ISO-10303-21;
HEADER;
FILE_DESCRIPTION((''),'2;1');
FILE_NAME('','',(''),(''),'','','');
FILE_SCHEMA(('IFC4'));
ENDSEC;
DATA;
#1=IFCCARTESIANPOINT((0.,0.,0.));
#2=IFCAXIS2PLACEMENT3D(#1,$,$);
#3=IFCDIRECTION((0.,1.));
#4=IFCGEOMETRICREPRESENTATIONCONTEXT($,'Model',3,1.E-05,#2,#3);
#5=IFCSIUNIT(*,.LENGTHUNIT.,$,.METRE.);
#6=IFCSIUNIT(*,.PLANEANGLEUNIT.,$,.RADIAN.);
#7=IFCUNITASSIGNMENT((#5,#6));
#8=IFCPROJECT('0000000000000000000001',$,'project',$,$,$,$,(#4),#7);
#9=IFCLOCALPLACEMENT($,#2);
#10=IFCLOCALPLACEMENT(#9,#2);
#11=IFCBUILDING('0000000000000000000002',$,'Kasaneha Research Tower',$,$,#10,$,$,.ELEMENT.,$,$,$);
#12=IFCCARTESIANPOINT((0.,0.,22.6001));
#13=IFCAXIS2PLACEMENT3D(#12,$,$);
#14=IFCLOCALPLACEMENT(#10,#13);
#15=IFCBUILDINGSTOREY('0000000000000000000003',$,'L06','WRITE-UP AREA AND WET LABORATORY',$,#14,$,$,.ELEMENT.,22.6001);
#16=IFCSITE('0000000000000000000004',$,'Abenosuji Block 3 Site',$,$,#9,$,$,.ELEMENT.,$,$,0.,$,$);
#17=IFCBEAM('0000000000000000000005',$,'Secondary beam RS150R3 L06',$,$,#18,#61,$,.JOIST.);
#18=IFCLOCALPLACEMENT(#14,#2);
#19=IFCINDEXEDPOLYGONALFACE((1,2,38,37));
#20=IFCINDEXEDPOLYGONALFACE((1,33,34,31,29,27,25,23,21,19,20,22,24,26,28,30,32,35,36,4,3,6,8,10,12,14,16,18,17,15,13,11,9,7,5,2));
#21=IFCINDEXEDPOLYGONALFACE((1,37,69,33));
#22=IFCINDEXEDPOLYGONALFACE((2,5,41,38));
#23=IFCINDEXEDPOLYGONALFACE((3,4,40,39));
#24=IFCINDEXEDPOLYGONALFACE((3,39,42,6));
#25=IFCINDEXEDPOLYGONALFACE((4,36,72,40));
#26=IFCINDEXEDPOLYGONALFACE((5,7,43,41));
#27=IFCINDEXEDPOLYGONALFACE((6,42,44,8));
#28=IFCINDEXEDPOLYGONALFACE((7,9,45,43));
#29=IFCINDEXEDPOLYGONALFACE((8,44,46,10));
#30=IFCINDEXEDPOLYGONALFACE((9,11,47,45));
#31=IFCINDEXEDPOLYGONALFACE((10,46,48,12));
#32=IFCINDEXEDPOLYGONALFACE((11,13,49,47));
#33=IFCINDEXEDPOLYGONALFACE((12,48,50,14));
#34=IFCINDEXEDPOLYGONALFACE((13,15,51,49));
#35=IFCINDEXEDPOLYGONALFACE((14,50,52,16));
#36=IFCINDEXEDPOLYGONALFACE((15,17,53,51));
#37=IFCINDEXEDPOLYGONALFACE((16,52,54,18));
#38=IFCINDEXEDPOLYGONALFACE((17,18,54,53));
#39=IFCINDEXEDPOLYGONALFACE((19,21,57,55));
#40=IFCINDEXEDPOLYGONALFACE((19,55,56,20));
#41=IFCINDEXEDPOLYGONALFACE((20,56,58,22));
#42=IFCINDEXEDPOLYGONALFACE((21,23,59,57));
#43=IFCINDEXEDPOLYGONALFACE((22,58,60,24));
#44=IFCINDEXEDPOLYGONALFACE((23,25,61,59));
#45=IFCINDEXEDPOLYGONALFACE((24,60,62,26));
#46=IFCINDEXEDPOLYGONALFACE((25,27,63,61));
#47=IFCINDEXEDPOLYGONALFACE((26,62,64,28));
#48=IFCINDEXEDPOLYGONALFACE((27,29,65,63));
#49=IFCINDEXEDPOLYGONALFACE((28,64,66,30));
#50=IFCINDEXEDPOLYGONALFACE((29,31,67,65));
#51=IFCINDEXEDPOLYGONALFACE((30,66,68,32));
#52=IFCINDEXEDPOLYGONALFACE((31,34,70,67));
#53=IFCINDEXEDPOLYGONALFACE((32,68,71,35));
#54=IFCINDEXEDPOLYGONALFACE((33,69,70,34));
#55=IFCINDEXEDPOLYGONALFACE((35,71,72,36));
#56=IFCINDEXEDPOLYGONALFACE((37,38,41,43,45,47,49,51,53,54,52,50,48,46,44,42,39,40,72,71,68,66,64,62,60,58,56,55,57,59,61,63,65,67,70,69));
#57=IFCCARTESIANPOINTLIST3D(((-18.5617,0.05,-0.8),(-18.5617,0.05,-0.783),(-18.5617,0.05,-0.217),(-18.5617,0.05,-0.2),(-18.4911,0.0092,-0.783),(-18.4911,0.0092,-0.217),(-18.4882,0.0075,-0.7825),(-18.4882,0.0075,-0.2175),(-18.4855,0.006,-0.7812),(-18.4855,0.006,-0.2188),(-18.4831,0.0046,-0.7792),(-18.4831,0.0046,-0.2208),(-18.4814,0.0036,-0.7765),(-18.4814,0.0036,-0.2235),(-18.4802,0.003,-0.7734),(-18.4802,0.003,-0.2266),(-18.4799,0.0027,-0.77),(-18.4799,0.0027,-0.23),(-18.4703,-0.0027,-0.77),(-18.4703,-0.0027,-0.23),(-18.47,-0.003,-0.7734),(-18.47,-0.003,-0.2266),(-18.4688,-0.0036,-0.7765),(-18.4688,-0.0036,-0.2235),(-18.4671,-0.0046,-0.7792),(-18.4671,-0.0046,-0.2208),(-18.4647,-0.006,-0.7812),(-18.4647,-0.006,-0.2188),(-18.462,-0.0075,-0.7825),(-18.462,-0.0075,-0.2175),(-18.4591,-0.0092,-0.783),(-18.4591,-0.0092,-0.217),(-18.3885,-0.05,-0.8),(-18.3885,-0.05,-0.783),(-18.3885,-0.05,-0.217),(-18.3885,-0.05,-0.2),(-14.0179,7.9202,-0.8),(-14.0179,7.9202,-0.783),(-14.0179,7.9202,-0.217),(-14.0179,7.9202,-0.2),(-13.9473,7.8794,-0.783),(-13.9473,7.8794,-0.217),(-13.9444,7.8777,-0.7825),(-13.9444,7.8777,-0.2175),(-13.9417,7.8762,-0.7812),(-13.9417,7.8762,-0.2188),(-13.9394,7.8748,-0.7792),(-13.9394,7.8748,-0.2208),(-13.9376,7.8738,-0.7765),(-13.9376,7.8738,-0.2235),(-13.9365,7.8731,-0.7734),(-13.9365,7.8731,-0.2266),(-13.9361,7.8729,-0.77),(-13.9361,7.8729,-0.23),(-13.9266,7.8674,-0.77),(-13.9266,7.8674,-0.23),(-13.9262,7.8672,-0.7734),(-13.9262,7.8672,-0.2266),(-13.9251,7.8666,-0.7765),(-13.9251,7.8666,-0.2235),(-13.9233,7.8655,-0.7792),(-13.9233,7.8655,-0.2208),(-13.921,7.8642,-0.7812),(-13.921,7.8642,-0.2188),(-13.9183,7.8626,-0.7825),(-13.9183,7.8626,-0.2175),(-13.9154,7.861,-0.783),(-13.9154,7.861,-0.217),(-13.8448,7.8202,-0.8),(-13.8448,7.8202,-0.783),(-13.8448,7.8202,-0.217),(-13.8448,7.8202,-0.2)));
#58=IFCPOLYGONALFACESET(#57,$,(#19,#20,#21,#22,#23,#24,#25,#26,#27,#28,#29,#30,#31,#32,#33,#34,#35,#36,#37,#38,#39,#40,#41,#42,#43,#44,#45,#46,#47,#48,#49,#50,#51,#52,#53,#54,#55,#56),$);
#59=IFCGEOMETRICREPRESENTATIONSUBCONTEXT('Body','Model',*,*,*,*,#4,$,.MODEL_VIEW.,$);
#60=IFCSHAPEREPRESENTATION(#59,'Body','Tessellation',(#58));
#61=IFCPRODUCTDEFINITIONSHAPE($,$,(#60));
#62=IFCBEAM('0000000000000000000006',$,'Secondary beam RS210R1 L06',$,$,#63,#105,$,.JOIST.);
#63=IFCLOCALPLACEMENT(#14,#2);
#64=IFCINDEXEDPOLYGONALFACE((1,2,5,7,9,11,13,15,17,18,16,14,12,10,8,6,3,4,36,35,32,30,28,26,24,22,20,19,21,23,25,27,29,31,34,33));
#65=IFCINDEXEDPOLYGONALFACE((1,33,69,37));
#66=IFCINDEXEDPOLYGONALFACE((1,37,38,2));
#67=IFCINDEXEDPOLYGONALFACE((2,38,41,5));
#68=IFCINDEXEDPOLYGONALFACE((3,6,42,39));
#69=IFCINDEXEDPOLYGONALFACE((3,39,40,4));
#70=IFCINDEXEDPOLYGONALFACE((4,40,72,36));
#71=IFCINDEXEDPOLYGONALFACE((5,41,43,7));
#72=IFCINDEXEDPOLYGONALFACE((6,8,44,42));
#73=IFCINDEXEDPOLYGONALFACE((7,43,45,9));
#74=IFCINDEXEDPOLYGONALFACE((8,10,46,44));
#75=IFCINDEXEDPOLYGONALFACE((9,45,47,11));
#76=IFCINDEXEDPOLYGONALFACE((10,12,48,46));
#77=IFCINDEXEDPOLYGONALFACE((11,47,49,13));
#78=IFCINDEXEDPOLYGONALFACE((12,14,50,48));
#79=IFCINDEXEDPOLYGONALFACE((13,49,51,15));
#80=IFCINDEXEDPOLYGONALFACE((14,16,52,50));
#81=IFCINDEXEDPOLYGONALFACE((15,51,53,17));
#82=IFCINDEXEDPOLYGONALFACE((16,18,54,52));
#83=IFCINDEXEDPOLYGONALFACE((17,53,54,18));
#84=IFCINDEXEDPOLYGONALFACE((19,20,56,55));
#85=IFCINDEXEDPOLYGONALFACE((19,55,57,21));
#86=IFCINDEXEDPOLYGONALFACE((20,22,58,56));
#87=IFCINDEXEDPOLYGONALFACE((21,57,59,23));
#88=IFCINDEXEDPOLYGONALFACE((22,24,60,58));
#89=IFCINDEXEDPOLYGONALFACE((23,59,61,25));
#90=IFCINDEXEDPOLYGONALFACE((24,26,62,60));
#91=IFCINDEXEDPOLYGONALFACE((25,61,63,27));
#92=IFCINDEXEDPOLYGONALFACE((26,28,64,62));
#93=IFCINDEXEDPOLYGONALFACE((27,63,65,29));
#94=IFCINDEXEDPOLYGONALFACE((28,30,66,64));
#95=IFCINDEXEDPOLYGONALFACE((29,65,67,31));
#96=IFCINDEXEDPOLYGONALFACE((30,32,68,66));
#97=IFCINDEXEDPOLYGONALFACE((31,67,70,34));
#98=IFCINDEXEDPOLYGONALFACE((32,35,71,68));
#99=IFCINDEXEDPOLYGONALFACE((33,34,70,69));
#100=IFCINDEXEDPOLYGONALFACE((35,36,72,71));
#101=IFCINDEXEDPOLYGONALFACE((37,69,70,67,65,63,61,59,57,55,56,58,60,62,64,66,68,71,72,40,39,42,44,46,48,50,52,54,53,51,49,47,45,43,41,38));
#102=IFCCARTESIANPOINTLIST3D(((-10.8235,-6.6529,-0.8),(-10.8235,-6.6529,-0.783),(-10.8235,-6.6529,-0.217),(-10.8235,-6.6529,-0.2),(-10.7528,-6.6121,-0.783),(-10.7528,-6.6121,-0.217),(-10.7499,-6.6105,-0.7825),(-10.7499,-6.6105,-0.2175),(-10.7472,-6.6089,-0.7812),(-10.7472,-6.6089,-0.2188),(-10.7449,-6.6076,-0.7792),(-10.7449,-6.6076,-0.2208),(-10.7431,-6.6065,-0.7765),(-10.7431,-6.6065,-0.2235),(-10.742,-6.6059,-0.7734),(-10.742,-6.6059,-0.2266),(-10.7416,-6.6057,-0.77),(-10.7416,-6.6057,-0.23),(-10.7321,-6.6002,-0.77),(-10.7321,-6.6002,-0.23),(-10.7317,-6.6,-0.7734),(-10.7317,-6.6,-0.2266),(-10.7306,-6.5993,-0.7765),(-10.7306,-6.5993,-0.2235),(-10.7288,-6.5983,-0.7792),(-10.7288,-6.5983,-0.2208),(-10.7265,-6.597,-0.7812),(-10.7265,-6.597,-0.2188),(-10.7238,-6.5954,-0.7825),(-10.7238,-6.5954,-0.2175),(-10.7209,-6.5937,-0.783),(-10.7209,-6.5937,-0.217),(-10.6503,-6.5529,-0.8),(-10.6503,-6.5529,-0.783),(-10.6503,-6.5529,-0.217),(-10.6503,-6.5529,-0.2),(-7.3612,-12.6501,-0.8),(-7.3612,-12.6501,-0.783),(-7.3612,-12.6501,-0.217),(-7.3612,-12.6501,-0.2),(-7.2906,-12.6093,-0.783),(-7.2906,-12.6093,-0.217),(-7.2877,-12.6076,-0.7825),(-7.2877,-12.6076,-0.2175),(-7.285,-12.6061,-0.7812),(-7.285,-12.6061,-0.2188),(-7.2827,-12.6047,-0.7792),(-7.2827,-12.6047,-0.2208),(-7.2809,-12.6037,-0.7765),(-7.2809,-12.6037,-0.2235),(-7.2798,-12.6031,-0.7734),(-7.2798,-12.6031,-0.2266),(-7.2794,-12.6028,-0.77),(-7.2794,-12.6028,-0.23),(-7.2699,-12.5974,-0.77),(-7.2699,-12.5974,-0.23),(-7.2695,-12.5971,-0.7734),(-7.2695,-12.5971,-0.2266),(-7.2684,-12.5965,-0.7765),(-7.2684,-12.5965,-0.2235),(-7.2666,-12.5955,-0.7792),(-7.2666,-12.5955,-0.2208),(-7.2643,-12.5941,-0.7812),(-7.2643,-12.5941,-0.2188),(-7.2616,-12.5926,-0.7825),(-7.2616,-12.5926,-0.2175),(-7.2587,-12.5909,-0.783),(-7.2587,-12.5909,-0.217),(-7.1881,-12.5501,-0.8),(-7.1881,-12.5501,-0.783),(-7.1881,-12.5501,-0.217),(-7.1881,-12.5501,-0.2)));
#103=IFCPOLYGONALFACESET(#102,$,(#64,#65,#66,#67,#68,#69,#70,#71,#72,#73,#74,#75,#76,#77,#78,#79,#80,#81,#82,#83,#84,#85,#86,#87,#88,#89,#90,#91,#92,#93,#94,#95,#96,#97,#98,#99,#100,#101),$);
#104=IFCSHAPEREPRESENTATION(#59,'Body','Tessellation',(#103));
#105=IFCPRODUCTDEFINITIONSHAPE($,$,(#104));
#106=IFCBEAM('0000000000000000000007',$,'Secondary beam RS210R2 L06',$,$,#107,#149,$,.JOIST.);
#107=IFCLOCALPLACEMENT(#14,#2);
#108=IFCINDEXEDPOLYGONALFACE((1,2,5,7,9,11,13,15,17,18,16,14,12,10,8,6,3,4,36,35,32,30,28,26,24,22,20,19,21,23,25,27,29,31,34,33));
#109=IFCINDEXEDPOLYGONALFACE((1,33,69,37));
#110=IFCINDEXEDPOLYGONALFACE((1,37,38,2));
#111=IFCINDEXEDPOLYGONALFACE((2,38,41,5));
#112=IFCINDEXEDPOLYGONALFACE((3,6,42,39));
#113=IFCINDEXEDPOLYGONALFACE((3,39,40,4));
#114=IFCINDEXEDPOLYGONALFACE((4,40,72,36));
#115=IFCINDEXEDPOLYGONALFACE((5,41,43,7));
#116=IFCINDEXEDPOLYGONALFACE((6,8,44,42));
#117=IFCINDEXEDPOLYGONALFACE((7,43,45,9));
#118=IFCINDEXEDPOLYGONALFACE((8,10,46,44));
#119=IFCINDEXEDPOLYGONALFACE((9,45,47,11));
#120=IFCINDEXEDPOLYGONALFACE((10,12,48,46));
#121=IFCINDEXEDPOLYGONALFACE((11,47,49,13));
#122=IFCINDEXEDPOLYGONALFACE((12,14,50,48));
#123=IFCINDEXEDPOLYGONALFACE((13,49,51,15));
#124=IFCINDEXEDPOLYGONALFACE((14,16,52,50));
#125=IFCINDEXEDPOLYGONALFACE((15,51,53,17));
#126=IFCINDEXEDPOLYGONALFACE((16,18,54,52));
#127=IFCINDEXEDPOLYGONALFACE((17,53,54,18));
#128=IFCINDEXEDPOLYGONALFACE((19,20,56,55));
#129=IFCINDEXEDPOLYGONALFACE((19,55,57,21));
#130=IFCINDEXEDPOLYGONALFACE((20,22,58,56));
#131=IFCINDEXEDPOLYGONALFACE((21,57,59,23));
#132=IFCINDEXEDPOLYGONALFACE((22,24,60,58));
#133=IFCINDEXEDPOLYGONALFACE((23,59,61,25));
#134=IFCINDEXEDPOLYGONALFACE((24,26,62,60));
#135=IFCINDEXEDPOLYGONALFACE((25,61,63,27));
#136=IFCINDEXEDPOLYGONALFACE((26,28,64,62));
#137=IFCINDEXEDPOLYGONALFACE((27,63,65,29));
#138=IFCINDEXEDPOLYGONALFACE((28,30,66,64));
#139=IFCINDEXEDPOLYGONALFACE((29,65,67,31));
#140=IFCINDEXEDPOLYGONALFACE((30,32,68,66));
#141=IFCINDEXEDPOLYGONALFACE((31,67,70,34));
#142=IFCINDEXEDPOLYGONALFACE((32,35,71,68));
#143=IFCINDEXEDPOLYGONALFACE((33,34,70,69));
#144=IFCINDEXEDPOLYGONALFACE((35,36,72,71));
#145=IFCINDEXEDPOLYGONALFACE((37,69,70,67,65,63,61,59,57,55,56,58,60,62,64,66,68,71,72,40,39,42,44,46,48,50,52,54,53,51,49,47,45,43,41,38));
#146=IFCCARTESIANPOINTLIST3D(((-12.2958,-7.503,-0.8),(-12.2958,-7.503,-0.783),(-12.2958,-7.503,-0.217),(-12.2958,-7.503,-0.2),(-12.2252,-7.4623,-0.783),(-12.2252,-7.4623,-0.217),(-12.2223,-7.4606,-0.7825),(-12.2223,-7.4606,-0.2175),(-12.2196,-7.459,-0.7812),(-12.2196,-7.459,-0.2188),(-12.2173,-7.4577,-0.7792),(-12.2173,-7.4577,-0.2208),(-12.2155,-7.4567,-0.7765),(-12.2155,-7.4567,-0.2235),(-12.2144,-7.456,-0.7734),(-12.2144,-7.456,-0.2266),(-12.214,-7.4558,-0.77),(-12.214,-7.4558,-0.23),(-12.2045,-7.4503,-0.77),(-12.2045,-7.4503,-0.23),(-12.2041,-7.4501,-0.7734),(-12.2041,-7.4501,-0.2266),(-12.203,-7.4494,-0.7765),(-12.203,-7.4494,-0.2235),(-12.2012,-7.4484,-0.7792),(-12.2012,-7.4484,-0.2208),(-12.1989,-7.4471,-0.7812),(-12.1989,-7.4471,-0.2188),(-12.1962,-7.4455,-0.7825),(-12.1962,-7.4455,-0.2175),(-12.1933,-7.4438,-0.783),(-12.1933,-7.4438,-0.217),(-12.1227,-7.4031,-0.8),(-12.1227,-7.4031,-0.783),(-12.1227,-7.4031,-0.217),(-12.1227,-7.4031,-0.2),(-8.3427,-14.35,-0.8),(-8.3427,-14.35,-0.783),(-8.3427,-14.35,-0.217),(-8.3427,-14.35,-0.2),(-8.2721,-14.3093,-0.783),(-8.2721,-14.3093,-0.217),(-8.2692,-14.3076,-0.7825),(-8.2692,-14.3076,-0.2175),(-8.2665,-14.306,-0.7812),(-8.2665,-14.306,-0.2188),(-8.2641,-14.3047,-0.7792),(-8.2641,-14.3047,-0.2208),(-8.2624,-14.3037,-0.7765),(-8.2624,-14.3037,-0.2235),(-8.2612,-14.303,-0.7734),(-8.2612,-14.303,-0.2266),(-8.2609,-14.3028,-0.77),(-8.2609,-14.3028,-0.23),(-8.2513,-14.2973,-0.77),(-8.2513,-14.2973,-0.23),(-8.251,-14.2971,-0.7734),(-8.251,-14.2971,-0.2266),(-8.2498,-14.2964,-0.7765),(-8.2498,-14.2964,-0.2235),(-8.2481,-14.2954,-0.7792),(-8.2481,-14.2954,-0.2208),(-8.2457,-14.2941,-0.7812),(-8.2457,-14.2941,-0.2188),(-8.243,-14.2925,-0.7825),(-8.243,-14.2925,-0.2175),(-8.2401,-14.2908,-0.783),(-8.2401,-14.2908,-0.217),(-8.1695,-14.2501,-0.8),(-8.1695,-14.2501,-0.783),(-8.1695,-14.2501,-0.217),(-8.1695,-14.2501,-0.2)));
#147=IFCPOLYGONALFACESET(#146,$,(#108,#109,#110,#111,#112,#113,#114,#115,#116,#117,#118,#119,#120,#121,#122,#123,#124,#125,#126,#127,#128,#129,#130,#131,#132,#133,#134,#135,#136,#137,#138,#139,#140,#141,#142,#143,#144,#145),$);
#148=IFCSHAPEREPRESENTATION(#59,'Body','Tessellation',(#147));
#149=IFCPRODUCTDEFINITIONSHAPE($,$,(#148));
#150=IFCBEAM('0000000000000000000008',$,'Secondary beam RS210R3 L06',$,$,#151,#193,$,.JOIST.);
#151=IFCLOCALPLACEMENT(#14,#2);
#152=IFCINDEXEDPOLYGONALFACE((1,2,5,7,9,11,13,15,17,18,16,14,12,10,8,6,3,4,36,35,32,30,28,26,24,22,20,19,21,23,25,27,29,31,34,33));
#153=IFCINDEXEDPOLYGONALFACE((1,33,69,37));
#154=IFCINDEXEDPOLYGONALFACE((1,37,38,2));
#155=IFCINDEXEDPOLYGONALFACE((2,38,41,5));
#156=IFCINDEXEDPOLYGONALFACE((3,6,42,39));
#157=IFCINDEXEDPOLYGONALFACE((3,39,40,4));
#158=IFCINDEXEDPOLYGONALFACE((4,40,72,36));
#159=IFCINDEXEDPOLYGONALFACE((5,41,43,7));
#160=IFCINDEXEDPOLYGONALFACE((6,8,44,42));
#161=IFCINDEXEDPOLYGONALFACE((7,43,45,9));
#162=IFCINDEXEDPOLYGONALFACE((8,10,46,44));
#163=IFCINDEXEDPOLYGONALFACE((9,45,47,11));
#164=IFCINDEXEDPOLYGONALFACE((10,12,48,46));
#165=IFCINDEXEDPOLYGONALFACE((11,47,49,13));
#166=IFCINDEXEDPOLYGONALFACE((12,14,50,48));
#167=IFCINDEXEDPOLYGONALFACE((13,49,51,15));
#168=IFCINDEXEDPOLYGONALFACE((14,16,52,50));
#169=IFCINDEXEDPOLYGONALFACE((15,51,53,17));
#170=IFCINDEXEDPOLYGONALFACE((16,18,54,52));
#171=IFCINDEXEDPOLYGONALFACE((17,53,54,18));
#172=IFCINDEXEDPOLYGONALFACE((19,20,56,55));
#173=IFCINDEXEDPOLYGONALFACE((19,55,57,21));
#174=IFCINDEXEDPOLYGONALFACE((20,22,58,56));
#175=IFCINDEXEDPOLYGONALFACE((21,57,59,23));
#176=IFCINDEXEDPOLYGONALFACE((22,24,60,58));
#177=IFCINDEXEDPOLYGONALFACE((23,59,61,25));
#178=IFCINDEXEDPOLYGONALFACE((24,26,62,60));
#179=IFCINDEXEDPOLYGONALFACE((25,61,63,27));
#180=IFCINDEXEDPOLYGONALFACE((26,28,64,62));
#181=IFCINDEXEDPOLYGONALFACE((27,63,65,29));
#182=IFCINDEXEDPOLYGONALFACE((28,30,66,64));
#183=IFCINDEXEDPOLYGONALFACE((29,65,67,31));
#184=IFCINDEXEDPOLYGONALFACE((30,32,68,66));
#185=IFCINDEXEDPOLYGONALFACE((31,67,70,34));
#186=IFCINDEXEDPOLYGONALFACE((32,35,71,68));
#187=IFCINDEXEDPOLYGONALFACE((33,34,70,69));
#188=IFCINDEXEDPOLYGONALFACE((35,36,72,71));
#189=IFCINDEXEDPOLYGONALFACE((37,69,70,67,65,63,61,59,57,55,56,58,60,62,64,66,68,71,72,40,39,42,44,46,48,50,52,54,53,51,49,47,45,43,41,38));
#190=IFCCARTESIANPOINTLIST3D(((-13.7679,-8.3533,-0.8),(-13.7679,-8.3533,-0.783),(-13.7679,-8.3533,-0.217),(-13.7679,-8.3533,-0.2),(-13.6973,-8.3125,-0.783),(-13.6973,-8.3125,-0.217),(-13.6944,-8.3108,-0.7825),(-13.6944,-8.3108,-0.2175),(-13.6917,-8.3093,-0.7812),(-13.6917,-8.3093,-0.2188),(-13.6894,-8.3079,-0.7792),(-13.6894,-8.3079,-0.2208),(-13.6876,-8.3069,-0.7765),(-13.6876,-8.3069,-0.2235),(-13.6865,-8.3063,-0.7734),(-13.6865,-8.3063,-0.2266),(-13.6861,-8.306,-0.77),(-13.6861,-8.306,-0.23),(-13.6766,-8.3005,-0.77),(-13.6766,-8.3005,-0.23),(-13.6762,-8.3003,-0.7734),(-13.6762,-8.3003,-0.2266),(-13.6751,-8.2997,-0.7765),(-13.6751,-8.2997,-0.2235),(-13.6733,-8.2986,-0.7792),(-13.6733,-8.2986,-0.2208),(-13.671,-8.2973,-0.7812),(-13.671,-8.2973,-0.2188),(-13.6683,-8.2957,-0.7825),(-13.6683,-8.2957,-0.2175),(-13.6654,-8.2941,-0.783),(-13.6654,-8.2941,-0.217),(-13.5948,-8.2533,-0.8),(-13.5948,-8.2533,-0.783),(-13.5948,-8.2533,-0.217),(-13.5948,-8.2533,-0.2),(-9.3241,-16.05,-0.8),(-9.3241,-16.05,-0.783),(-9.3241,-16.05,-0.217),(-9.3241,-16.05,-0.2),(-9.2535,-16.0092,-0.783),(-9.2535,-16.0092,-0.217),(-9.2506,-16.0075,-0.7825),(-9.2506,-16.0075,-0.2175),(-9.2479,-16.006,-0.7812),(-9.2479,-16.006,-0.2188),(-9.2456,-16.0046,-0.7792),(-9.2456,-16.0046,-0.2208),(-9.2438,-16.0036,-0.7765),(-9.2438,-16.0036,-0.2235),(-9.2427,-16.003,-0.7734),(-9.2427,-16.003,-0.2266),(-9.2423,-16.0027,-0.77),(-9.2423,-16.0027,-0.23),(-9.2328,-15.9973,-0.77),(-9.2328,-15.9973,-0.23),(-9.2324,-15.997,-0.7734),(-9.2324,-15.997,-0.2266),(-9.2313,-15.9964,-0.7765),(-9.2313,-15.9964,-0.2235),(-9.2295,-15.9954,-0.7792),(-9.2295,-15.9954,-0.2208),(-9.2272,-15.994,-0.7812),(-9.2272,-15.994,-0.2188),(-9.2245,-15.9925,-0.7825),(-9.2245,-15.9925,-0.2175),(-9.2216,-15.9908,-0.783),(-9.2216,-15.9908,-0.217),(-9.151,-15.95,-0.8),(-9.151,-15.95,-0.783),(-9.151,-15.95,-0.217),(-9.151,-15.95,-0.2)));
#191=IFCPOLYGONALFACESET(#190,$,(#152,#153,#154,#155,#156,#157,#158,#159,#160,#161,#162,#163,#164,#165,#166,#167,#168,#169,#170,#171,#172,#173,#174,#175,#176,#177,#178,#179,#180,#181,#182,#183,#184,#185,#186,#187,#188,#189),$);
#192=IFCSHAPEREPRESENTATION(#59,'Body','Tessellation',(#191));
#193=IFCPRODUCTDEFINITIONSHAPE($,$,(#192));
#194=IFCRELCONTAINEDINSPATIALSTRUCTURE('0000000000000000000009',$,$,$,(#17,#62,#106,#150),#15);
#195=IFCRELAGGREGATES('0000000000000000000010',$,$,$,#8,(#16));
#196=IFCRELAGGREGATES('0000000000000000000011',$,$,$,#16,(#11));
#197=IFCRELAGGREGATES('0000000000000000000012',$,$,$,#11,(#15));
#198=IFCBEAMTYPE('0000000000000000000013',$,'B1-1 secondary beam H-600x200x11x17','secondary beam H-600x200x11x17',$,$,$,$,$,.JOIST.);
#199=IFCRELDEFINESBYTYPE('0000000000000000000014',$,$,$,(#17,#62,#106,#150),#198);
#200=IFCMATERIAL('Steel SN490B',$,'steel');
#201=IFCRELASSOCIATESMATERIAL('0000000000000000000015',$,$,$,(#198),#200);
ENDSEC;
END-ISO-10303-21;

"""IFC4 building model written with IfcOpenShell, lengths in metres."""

from ifc_helpers import new_model, si_unit, direction, frame, origin, origin_2d, place, context, subcontext, project, spatial, i_section, extrude, material, material_profile, profile_set, type_object, element, save


model = new_model("IFC4")

# Units and contexts
model_context = context("Model", 3, precision=1e-05, world=origin(), true_north=direction((0.0, 1.0)))
body_context = subcontext(model_context, "Body", "Model", "MODEL_VIEW")
ifc_project = project(units=[si_unit("LENGTHUNIT", "METRE"), si_unit("PLANEANGLEUNIT", "RADIAN")], contexts=[model_context])

# Site, building, storey
site_placement = place(None, origin())
site = spatial("IfcSite", under=ifc_project, at=site_placement, Name="Abenosuji Block 3 Site", CompositionType="ELEMENT", RefElevation=0.0)
building_placement = place(site_placement, origin())
building = spatial("IfcBuilding", under=site, at=building_placement, Name="Kasaneha Research Tower", CompositionType="ELEMENT")
storey_placement = place(building_placement, frame((0.0, 0.0, 22.6001)))
storey = spatial("IfcBuildingStorey", under=building, at=storey_placement, Name="L06", Description="WRITE-UP AREA AND WET LABORATORY", CompositionType="ELEMENT", Elevation=22.6001)

# Beams
ifc_material_1 = material(Name="Steel SN490B", Category="steel")
ifc_material_profile_1 = material_profile(ifc_material_1, i_section(OverallWidth=0.2, OverallDepth=0.6001, WebThickness=0.011, FlangeThickness=0.0171, FilletRadius=0.0129, at=origin_2d()), Name="H-600x200x11x17")
ifc_profile_set_1 = profile_set([ifc_material_profile_1], Name="Steel SN490B")
beam_type_1 = type_object("IfcBeamType", Name="B1-1 secondary beam H-600x200x11x17", Description="secondary beam H-600x200x11x17", PredefinedType="JOIST", material=ifc_profile_set_1)
beam_1_placement = place(storey_placement, frame((-18.4751, 0.0, -0.5), z_axis=(0.499991, 0.866031, 0.0), x_axis=(-0.866031, 0.499991, 0.0)))
element("IfcBeam", 1, at=beam_1_placement, inside=storey, type_object=beam_type_1, Name="Secondary beam RS150R3 L06", PredefinedType="JOIST", context=body_context, shape_type="SweptSolid", body=[
    extrude(i_section(OverallWidth=0.2, OverallDepth=0.6001, WebThickness=0.011, FlangeThickness=0.0171, FilletRadius=0.0129, at=origin_2d()), origin(), (0.0, 0.0, 1.0), 9.0876),
])
beam_2_placement = place(storey_placement, frame((-7.2747, -12.6001, -0.5), z_axis=(-0.499973, 0.866041, 0.0), x_axis=(-0.866041, -0.499973, 0.0)))
element("IfcBeam", 2, at=beam_2_placement, inside=storey, type_object=beam_type_1, Name="Secondary beam RS210R1 L06", PredefinedType="JOIST", context=body_context, shape_type="SweptSolid", body=[
    extrude(i_section(OverallWidth=0.2, OverallDepth=0.6001, WebThickness=0.011, FlangeThickness=0.0171, FilletRadius=0.0129, at=origin_2d()), origin(), (0.0, 0.0, 1.0), 6.9248),
])
beam_3_placement = place(storey_placement, frame((-8.2561, -14.3, -0.5), z_axis=(-0.500005, 0.866023, 0.0), x_axis=(-0.866023, -0.500005, 0.0)))
element("IfcBeam", 3, at=beam_3_placement, inside=storey, type_object=beam_type_1, Name="Secondary beam RS210R2 L06", PredefinedType="JOIST", context=body_context, shape_type="SweptSolid", body=[
    extrude(i_section(OverallWidth=0.2, OverallDepth=0.6001, WebThickness=0.011, FlangeThickness=0.0171, FilletRadius=0.0129, at=origin_2d()), origin(), (0.0, 0.0, 1.0), 7.9062),
])
beam_4_placement = place(storey_placement, frame((-9.2375, -16.0, -0.5), z_axis=(-0.500009, 0.86602, 0.0), x_axis=(-0.86602, -0.500009, 0.0)))
element("IfcBeam", 4, at=beam_4_placement, inside=storey, type_object=beam_type_1, Name="Secondary beam RS210R3 L06", PredefinedType="JOIST", context=body_context, shape_type="SweptSolid", body=[
    extrude(i_section(OverallWidth=0.2, OverallDepth=0.6001, WebThickness=0.011, FlangeThickness=0.0171, FilletRadius=0.0129, at=origin_2d()), origin(), (0.0, 0.0, 1.0), 8.8875),
])

save(model, "model.ifc")
